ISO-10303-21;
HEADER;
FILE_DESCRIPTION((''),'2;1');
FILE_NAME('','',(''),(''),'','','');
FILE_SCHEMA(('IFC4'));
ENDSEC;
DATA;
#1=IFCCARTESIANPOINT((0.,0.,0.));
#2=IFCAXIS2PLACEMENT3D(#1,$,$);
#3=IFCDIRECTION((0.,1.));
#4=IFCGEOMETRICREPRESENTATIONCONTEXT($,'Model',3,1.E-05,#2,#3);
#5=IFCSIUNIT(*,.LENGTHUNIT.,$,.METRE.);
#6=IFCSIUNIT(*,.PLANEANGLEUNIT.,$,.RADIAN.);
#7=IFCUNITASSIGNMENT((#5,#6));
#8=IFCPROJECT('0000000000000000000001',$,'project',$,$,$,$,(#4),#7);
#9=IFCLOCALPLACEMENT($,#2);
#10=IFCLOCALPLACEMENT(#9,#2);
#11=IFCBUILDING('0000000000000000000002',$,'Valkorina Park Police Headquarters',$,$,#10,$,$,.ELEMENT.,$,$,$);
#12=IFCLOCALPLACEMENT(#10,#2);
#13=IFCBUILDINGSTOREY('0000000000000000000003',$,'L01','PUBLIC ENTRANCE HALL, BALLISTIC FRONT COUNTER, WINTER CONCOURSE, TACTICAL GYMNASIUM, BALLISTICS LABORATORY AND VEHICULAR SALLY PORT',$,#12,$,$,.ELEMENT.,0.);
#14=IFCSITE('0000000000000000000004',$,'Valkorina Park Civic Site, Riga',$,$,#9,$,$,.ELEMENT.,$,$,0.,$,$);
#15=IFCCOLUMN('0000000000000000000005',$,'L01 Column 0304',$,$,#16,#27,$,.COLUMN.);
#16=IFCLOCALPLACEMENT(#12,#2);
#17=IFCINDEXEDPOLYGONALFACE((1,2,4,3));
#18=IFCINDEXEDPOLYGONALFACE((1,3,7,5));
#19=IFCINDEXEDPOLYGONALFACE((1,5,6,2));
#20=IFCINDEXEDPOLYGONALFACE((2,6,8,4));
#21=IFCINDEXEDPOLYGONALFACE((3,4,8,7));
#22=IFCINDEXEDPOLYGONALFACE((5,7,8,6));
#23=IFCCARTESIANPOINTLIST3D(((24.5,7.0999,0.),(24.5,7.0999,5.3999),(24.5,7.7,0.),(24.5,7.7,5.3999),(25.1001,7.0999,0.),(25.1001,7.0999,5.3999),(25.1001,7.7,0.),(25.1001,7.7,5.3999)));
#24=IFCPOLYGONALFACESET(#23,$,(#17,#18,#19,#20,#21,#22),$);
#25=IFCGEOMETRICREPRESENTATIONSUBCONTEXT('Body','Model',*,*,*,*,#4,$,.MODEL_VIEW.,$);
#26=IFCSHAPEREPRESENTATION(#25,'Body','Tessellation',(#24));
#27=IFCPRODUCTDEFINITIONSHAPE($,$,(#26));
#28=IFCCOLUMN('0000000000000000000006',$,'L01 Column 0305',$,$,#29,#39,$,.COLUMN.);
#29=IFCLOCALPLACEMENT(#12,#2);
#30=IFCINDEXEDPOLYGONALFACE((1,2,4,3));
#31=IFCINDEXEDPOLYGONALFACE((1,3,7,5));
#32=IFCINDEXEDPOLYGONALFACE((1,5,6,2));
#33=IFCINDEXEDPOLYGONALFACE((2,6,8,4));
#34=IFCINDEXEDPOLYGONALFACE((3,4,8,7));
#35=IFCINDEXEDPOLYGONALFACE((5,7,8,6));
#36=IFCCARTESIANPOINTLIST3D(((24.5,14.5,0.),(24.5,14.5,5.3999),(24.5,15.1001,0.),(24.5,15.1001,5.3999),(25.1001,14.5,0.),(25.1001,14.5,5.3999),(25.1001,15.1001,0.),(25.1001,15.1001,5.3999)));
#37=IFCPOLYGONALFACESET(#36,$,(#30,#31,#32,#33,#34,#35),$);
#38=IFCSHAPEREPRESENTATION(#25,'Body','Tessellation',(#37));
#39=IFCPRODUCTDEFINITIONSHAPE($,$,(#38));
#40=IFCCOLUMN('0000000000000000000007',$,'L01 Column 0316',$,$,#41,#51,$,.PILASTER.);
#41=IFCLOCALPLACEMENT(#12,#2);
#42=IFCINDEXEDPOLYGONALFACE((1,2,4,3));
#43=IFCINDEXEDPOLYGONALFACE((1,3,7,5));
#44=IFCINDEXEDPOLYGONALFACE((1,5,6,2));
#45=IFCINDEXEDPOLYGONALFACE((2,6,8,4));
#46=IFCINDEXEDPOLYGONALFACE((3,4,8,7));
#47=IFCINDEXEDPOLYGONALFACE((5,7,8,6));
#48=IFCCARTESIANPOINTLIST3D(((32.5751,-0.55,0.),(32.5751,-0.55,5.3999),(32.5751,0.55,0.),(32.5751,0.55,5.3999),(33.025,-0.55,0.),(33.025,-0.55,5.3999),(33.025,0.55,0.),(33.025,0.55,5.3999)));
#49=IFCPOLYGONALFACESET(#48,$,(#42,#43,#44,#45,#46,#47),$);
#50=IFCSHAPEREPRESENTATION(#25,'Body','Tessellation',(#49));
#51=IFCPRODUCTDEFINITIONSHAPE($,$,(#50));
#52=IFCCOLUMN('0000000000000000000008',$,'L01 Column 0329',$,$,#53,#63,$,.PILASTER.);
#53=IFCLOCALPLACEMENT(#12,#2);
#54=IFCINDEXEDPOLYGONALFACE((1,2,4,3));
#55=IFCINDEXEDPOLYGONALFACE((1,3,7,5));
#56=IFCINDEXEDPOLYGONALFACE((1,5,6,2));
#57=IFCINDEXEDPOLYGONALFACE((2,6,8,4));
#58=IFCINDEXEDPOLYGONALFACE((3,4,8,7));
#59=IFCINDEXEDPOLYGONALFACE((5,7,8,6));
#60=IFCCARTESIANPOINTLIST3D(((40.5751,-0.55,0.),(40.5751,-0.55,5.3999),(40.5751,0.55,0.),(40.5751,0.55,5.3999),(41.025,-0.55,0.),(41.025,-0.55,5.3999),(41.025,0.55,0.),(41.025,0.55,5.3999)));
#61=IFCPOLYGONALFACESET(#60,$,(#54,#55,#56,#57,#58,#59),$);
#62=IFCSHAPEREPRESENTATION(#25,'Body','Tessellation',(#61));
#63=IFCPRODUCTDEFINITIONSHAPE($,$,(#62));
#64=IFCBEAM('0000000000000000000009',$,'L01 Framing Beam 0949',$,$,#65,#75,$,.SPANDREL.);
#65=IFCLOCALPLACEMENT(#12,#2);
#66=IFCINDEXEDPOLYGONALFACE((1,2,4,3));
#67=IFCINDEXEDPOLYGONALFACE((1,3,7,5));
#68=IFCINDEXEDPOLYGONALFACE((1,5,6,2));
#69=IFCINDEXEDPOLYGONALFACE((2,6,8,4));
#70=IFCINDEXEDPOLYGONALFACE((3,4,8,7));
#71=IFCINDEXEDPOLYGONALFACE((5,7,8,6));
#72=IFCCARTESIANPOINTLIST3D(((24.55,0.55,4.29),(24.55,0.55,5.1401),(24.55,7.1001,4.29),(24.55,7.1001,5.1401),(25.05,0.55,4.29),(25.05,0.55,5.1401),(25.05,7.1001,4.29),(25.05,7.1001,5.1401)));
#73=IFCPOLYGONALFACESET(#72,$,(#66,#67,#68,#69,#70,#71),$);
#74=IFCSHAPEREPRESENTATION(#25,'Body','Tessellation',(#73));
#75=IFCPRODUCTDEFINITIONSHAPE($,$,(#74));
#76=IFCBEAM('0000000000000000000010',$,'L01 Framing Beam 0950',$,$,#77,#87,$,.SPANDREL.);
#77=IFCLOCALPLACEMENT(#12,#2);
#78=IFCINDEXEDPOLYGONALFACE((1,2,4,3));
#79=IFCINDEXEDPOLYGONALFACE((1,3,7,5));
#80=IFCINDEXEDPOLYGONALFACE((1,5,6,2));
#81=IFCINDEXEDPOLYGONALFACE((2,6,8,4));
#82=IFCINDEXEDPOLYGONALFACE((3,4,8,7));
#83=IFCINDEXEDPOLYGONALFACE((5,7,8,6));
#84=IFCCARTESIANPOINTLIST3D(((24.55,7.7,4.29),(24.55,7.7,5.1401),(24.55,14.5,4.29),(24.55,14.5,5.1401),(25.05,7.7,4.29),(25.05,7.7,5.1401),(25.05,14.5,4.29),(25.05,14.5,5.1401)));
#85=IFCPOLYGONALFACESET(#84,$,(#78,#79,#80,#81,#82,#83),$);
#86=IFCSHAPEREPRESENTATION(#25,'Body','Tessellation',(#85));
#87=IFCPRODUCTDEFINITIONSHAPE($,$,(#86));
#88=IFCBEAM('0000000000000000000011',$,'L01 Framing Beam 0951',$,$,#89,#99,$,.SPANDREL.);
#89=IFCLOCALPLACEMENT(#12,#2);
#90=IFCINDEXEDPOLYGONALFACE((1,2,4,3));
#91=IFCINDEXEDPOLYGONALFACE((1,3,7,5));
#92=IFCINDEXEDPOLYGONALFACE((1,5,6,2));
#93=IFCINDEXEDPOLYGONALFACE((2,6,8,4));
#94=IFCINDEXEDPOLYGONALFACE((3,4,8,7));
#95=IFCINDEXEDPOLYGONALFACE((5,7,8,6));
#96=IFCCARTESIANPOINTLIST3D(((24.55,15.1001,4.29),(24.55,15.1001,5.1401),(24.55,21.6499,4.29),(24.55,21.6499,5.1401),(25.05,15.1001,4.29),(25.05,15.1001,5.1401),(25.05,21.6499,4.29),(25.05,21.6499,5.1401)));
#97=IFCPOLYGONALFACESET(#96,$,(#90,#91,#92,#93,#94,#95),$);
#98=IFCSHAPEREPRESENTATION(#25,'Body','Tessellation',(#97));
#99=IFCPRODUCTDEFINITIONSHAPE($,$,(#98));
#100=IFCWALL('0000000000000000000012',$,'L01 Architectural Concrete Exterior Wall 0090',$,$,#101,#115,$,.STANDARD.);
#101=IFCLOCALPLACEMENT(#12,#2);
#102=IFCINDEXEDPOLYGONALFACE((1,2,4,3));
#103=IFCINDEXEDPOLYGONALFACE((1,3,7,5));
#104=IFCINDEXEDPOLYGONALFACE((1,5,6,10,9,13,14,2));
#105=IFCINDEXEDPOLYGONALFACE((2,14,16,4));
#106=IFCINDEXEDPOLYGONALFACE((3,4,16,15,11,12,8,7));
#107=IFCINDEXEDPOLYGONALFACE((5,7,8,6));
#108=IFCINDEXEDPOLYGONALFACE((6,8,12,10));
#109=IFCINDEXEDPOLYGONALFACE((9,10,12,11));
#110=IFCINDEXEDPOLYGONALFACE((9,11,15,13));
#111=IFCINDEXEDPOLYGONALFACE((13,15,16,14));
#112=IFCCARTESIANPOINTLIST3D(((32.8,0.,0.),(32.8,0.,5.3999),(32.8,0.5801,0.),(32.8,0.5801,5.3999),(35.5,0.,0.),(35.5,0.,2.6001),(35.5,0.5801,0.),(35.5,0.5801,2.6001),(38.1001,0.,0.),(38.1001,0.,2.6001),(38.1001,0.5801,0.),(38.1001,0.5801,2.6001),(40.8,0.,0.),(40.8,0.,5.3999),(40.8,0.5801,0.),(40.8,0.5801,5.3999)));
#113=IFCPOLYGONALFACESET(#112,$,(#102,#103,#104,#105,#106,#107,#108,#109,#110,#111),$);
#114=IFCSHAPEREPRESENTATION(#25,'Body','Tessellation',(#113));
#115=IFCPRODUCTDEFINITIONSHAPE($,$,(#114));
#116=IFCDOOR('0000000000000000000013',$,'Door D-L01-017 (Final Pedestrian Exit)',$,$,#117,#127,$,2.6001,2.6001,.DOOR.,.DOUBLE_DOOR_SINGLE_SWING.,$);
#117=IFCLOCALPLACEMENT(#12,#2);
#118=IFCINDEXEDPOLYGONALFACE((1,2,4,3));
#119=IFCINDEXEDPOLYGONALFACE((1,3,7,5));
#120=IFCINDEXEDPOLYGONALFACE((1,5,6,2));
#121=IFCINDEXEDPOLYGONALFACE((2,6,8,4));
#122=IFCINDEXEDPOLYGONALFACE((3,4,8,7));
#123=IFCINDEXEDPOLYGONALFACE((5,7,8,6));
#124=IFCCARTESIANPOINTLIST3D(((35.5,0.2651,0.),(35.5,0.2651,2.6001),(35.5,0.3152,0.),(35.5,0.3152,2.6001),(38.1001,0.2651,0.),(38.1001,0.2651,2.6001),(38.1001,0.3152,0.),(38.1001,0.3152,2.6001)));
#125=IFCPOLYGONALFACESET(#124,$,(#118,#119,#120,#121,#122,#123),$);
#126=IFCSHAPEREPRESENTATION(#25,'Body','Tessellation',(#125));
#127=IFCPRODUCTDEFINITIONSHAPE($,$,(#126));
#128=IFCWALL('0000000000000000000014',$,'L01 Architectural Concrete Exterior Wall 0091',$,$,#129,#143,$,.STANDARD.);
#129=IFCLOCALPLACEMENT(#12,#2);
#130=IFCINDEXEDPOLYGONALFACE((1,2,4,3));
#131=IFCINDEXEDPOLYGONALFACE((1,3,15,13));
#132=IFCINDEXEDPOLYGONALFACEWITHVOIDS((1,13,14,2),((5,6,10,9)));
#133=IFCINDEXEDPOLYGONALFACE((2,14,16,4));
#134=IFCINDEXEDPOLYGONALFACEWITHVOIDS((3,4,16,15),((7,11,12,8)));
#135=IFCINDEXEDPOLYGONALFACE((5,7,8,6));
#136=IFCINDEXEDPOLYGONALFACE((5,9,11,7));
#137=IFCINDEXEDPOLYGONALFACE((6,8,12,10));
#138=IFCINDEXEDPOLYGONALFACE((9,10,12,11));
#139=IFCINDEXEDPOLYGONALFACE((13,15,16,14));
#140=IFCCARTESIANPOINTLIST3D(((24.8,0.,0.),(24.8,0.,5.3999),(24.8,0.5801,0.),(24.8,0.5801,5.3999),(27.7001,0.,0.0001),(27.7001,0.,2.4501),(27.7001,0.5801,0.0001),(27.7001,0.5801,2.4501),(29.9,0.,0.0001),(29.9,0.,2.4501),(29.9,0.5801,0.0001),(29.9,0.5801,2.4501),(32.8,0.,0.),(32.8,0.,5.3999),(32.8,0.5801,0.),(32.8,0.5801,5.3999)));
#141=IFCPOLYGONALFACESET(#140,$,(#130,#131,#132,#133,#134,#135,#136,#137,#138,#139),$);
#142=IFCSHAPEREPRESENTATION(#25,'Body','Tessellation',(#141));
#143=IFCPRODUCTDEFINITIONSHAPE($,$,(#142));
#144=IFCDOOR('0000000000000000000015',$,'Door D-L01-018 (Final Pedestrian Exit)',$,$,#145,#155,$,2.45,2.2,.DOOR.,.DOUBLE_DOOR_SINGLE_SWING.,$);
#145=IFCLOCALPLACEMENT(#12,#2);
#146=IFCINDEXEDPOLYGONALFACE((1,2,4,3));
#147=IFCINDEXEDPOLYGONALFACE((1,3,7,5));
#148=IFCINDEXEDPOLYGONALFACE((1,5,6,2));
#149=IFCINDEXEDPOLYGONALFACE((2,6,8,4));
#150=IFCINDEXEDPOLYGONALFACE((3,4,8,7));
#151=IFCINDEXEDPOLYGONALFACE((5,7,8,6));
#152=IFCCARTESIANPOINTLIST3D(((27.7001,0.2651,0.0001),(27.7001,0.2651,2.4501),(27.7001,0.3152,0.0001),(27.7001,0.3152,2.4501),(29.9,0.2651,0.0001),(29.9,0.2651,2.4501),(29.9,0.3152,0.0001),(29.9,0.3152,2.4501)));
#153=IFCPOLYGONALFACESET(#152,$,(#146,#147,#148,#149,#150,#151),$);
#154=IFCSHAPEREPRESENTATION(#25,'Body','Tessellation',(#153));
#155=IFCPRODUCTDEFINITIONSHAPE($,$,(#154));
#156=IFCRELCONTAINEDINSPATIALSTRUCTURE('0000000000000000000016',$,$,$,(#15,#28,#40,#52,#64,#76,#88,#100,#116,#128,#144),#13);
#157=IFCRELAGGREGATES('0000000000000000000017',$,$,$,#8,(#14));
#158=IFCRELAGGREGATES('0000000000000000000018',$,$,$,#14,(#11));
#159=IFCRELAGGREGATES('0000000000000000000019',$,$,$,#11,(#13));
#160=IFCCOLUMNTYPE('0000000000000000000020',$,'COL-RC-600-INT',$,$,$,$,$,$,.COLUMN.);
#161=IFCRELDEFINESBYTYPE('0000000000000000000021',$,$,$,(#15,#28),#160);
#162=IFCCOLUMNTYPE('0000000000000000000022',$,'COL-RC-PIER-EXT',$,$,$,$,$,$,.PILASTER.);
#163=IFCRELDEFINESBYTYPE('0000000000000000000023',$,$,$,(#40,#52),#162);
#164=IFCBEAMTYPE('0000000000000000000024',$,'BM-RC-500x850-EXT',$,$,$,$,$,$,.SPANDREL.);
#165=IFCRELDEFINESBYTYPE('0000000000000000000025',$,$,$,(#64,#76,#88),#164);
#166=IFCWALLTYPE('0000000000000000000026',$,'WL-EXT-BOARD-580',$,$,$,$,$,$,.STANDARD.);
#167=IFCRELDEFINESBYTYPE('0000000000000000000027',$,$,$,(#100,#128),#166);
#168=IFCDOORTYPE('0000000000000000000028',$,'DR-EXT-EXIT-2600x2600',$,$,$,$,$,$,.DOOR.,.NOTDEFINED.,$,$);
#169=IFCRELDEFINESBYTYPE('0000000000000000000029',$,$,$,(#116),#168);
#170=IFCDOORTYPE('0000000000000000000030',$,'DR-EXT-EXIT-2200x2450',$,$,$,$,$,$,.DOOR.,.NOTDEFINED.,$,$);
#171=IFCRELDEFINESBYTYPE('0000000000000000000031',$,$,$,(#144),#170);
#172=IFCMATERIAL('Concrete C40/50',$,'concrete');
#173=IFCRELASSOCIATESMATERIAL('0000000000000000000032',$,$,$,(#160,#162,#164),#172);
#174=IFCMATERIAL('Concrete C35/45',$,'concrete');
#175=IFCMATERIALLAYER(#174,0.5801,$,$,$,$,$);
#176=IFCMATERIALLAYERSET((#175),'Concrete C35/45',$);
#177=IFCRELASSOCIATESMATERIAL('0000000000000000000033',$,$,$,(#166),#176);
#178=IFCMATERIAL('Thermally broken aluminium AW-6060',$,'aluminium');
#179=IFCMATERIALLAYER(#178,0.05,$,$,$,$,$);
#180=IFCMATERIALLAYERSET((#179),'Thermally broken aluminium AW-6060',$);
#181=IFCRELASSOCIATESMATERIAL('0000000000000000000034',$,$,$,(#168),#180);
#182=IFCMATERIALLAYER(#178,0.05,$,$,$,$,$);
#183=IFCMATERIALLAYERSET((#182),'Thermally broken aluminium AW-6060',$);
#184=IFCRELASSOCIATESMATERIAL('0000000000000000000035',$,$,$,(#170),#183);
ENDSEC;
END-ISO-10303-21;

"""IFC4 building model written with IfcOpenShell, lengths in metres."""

from ifc_helpers import new_model, si_unit, direction, frame, frame_2d, origin, origin_2d, place, context, subcontext, project, spatial, rectangle, extrude, material, layer, layer_set, material_profile, profile_set, type_object, element, fill, save


model = new_model("IFC4")

# Units and contexts
model_context = context("Model", 3, precision=1e-05, world=origin(), true_north=direction((0.0, 1.0)))
body_context = subcontext(model_context, "Body", "Model", "MODEL_VIEW")
ifc_project = project(units=[si_unit("LENGTHUNIT", "METRE"), si_unit("PLANEANGLEUNIT", "RADIAN")], contexts=[model_context])

# Site, building, storey
site_placement = place(None, origin())
site = spatial("IfcSite", under=ifc_project, at=site_placement, Name="Valkorina Park Civic Site, Riga", CompositionType="ELEMENT", RefElevation=0.0)
building_placement = place(site_placement, origin())
building = spatial("IfcBuilding", under=site, at=building_placement, Name="Valkorina Park Police Headquarters", CompositionType="ELEMENT")
storey_placement = place(building_placement, origin())
storey = spatial("IfcBuildingStorey", under=building, at=storey_placement, Name="L01", Description="PUBLIC ENTRANCE HALL, BALLISTIC FRONT COUNTER, WINTER CONCOURSE, TACTICAL GYMNASIUM, BALLISTICS LABORATORY AND VEHICULAR SALLY PORT", CompositionType="ELEMENT", Elevation=0.0)

# Columns
ifc_material_1 = material(Name="Concrete C40/50", Category="concrete")
ifc_material_profile_1 = material_profile(ifc_material_1, rectangle(XDim=0.6001, YDim=0.6001, at=origin_2d()), Name="RC COL 600x600")
ifc_profile_set_1 = profile_set([ifc_material_profile_1], Name="Concrete C40/50")
column_type_1 = type_object("IfcColumnType", Name="COL-RC-600-INT", PredefinedType="COLUMN", material=ifc_profile_set_1)
for number, where, z_axis, x_axis, name in (
    (1, (24.8, 7.3999, 0.0), (0.0, 0.0, 1.0), (1.0, 0.0, 0.0), "L01 Column 0304"),
    (2, (24.8, 14.8, 0.0), (0.0, 0.0, 1.0), (1.0, 0.0, 0.0), "L01 Column 0305"),
):
    element("IfcColumn", number, at=place(storey_placement, frame(where, z_axis=z_axis, x_axis=x_axis)), inside=storey, type_object=column_type_1, Name=name, PredefinedType="COLUMN", context=body_context, shape_type="SweptSolid", body=[
        extrude(rectangle(XDim=0.6001, YDim=0.6001, at=origin_2d()), origin(), (0.0, 0.0, 1.0), 5.3999),
    ])
ifc_material_profile_2 = material_profile(ifc_material_1, rectangle(XDim=0.45, YDim=1.1001, at=origin_2d()), Name="RC PIER 450x1100")
ifc_profile_set_2 = profile_set([ifc_material_profile_2], Name="Concrete C40/50")
column_type_2 = type_object("IfcColumnType", Name="COL-RC-PIER-EXT", PredefinedType="PILASTER", material=ifc_profile_set_2)
for number, where, z_axis, x_axis, name in (
    (3, (32.8, 0.0, 0.0), (0.0, 0.0, 1.0), (1.0, 0.0, 0.0), "L01 Column 0316"),
    (4, (40.8, 0.0, 0.0), (0.0, 0.0, 1.0), (1.0, 0.0, 0.0), "L01 Column 0329"),
):
    element("IfcColumn", number, at=place(storey_placement, frame(where, z_axis=z_axis, x_axis=x_axis)), inside=storey, type_object=column_type_2, Name=name, PredefinedType="PILASTER", context=body_context, shape_type="SweptSolid", body=[
        extrude(rectangle(XDim=0.45, YDim=1.1001, at=origin_2d()), origin(), (0.0, 0.0, 1.0), 5.3999),
    ])

# Beams
ifc_material_profile_3 = material_profile(ifc_material_1, rectangle(XDim=0.5, YDim=0.8501, at=origin_2d()), Name="RC BEAM 500x850")
ifc_profile_set_3 = profile_set([ifc_material_profile_3], Name="Concrete C40/50")
beam_type = type_object("IfcBeamType", Name="BM-RC-500x850-EXT", PredefinedType="SPANDREL", material=ifc_profile_set_3)
beam_1_placement = place(storey_placement, frame((24.8, 0.55, 4.7151), z_axis=(0.0, 1.0, 0.0), x_axis=(-1.0, 0.0, 0.0)))
element("IfcBeam", 5, at=beam_1_placement, inside=storey, type_object=beam_type, Name="L01 Framing Beam 0949", PredefinedType="SPANDREL", context=body_context, shape_type="SweptSolid", body=[
    extrude(rectangle(XDim=0.5, YDim=0.8501, at=origin_2d()), origin(), (0.0, 0.0, 1.0), 6.55),
])
beam_2_placement = place(storey_placement, frame((24.8, 7.7, 4.7151), z_axis=(0.0, 1.0, 0.0), x_axis=(-1.0, 0.0, 0.0)))
element("IfcBeam", 6, at=beam_2_placement, inside=storey, type_object=beam_type, Name="L01 Framing Beam 0950", PredefinedType="SPANDREL", context=body_context, shape_type="SweptSolid", body=[
    extrude(rectangle(XDim=0.5, YDim=0.8501, at=origin_2d()), origin(), (0.0, 0.0, 1.0), 6.8),
])
beam_3_placement = place(storey_placement, frame((24.8, 15.1001, 4.7151), z_axis=(0.0, 1.0, 0.0), x_axis=(-1.0, 0.0, 0.0)))
element("IfcBeam", 7, at=beam_3_placement, inside=storey, type_object=beam_type, Name="L01 Framing Beam 0951", PredefinedType="SPANDREL", context=body_context, shape_type="SweptSolid", body=[
    extrude(rectangle(XDim=0.5, YDim=0.8501, at=origin_2d()), origin(), (0.0, 0.0, 1.0), 6.5498),
])

# Walls, openings, doors
ifc_material_2 = material(Name="Concrete C35/45", Category="concrete")
ifc_layer_1 = layer(ifc_material_2, 0.5801)
ifc_layer_set_1 = layer_set([ifc_layer_1], Name="Concrete C35/45")
wall_type = type_object("IfcWallType", Name="WL-EXT-BOARD-580", PredefinedType="STANDARD", material=ifc_layer_set_1)
wall_1_placement = place(storey_placement, frame((40.8, 0.29, 0.0), z_axis=(0.0, 0.0, 1.0), x_axis=(-1.0, 0.0, 0.0)))
wall_1 = element("IfcWall", 8, at=wall_1_placement, inside=storey, type_object=wall_type, Name="L01 Architectural Concrete Exterior Wall 0090", PredefinedType="STANDARD", context=body_context, shape_type="SweptSolid", body=[
    extrude(rectangle(XDim=8.0, YDim=0.5801, at=frame_2d((4.0, 0.0))), origin(), (0.0, 0.0, 1.0), 5.3999),
])
opening_1_placement = place(wall_1_placement, frame((2.7, 0.0, 0.0)))
opening_1 = element("IfcOpeningElement", 9, at=opening_1_placement, cuts=wall_1, PredefinedType="OPENING", context=body_context, shape_type="SweptSolid", body=[
    extrude(rectangle(XDim=2.6001, YDim=2.6001, at=frame_2d((1.3, 1.3))), frame((0.0, 0.3, 0.0), z_axis=(0.0, -1.0, 0.0), x_axis=(1.0, 0.0, 0.0)), (0.0, 0.0, 1.0), 0.6001),
])
ifc_material_3 = material(Name="Thermally broken aluminium AW-6060", Category="aluminium")
ifc_layer_2 = layer(ifc_material_3, 0.05)
ifc_layer_set_2 = layer_set([ifc_layer_2], Name="Thermally broken aluminium AW-6060")
door_type_1 = type_object("IfcDoorType", Name="DR-EXT-EXIT-2600x2600", OperationType="NOTDEFINED", PredefinedType="DOOR", material=ifc_layer_set_2)
door_1_placement = place(opening_1_placement, origin())
door_1 = element("IfcDoor", 10, at=door_1_placement, inside=storey, type_object=door_type_1, Name="Door D-L01-017 (Final Pedestrian Exit)", OperationType="DOUBLE_DOOR_SINGLE_SWING", OverallHeight=2.6001, OverallWidth=2.6001, PredefinedType="DOOR", context=body_context, shape_type="SweptSolid", body=[
    extrude(rectangle(XDim=2.6001, YDim=2.6001, at=frame_2d((1.3, 1.3))), frame((0.0, 0.0249, 0.0), z_axis=(0.0, -1.0, 0.0), x_axis=(1.0, 0.0, 0.0)), (0.0, 0.0, 1.0), 0.05),
])
fill(opening_1, door_1)
wall_2_placement = place(storey_placement, frame((32.8, 0.29, 0.0), z_axis=(0.0, 0.0, 1.0), x_axis=(-1.0, 0.0, 0.0)))
wall_2 = element("IfcWall", 11, at=wall_2_placement, inside=storey, type_object=wall_type, Name="L01 Architectural Concrete Exterior Wall 0091", PredefinedType="STANDARD", context=body_context, shape_type="SweptSolid", body=[
    extrude(rectangle(XDim=8.0, YDim=0.5801, at=frame_2d((4.0, 0.0))), origin(), (0.0, 0.0, 1.0), 5.3999),
])
opening_2_placement = place(wall_2_placement, frame((2.8999, 0.0, 0.0)))
opening_2 = element("IfcOpeningElement", 12, at=opening_2_placement, cuts=wall_2, PredefinedType="OPENING", context=body_context, shape_type="SweptSolid", body=[
    extrude(rectangle(XDim=2.2, YDim=2.45, at=frame_2d((1.1001, 1.2251))), frame((0.0, 0.3, 0.0), z_axis=(0.0, -1.0, 0.0), x_axis=(1.0, 0.0, 0.0)), (0.0, 0.0, 1.0), 0.6001),
])
ifc_layer_3 = layer(ifc_material_3, 0.05)
ifc_layer_set_3 = layer_set([ifc_layer_3], Name="Thermally broken aluminium AW-6060")
door_type_2 = type_object("IfcDoorType", Name="DR-EXT-EXIT-2200x2450", OperationType="NOTDEFINED", PredefinedType="DOOR", material=ifc_layer_set_3)
door_2_placement = place(opening_2_placement, origin())
door_2 = element("IfcDoor", 13, at=door_2_placement, inside=storey, type_object=door_type_2, Name="Door D-L01-018 (Final Pedestrian Exit)", OperationType="DOUBLE_DOOR_SINGLE_SWING", OverallHeight=2.45, OverallWidth=2.2, PredefinedType="DOOR", context=body_context, shape_type="SweptSolid", body=[
    extrude(rectangle(XDim=2.2, YDim=2.45, at=frame_2d((1.1001, 1.2251))), frame((0.0, 0.0249, 0.0), z_axis=(0.0, -1.0, 0.0), x_axis=(1.0, 0.0, 0.0)), (0.0, 0.0, 1.0), 0.05),
])
fill(opening_2, door_2)

save(model, "model.ifc")
